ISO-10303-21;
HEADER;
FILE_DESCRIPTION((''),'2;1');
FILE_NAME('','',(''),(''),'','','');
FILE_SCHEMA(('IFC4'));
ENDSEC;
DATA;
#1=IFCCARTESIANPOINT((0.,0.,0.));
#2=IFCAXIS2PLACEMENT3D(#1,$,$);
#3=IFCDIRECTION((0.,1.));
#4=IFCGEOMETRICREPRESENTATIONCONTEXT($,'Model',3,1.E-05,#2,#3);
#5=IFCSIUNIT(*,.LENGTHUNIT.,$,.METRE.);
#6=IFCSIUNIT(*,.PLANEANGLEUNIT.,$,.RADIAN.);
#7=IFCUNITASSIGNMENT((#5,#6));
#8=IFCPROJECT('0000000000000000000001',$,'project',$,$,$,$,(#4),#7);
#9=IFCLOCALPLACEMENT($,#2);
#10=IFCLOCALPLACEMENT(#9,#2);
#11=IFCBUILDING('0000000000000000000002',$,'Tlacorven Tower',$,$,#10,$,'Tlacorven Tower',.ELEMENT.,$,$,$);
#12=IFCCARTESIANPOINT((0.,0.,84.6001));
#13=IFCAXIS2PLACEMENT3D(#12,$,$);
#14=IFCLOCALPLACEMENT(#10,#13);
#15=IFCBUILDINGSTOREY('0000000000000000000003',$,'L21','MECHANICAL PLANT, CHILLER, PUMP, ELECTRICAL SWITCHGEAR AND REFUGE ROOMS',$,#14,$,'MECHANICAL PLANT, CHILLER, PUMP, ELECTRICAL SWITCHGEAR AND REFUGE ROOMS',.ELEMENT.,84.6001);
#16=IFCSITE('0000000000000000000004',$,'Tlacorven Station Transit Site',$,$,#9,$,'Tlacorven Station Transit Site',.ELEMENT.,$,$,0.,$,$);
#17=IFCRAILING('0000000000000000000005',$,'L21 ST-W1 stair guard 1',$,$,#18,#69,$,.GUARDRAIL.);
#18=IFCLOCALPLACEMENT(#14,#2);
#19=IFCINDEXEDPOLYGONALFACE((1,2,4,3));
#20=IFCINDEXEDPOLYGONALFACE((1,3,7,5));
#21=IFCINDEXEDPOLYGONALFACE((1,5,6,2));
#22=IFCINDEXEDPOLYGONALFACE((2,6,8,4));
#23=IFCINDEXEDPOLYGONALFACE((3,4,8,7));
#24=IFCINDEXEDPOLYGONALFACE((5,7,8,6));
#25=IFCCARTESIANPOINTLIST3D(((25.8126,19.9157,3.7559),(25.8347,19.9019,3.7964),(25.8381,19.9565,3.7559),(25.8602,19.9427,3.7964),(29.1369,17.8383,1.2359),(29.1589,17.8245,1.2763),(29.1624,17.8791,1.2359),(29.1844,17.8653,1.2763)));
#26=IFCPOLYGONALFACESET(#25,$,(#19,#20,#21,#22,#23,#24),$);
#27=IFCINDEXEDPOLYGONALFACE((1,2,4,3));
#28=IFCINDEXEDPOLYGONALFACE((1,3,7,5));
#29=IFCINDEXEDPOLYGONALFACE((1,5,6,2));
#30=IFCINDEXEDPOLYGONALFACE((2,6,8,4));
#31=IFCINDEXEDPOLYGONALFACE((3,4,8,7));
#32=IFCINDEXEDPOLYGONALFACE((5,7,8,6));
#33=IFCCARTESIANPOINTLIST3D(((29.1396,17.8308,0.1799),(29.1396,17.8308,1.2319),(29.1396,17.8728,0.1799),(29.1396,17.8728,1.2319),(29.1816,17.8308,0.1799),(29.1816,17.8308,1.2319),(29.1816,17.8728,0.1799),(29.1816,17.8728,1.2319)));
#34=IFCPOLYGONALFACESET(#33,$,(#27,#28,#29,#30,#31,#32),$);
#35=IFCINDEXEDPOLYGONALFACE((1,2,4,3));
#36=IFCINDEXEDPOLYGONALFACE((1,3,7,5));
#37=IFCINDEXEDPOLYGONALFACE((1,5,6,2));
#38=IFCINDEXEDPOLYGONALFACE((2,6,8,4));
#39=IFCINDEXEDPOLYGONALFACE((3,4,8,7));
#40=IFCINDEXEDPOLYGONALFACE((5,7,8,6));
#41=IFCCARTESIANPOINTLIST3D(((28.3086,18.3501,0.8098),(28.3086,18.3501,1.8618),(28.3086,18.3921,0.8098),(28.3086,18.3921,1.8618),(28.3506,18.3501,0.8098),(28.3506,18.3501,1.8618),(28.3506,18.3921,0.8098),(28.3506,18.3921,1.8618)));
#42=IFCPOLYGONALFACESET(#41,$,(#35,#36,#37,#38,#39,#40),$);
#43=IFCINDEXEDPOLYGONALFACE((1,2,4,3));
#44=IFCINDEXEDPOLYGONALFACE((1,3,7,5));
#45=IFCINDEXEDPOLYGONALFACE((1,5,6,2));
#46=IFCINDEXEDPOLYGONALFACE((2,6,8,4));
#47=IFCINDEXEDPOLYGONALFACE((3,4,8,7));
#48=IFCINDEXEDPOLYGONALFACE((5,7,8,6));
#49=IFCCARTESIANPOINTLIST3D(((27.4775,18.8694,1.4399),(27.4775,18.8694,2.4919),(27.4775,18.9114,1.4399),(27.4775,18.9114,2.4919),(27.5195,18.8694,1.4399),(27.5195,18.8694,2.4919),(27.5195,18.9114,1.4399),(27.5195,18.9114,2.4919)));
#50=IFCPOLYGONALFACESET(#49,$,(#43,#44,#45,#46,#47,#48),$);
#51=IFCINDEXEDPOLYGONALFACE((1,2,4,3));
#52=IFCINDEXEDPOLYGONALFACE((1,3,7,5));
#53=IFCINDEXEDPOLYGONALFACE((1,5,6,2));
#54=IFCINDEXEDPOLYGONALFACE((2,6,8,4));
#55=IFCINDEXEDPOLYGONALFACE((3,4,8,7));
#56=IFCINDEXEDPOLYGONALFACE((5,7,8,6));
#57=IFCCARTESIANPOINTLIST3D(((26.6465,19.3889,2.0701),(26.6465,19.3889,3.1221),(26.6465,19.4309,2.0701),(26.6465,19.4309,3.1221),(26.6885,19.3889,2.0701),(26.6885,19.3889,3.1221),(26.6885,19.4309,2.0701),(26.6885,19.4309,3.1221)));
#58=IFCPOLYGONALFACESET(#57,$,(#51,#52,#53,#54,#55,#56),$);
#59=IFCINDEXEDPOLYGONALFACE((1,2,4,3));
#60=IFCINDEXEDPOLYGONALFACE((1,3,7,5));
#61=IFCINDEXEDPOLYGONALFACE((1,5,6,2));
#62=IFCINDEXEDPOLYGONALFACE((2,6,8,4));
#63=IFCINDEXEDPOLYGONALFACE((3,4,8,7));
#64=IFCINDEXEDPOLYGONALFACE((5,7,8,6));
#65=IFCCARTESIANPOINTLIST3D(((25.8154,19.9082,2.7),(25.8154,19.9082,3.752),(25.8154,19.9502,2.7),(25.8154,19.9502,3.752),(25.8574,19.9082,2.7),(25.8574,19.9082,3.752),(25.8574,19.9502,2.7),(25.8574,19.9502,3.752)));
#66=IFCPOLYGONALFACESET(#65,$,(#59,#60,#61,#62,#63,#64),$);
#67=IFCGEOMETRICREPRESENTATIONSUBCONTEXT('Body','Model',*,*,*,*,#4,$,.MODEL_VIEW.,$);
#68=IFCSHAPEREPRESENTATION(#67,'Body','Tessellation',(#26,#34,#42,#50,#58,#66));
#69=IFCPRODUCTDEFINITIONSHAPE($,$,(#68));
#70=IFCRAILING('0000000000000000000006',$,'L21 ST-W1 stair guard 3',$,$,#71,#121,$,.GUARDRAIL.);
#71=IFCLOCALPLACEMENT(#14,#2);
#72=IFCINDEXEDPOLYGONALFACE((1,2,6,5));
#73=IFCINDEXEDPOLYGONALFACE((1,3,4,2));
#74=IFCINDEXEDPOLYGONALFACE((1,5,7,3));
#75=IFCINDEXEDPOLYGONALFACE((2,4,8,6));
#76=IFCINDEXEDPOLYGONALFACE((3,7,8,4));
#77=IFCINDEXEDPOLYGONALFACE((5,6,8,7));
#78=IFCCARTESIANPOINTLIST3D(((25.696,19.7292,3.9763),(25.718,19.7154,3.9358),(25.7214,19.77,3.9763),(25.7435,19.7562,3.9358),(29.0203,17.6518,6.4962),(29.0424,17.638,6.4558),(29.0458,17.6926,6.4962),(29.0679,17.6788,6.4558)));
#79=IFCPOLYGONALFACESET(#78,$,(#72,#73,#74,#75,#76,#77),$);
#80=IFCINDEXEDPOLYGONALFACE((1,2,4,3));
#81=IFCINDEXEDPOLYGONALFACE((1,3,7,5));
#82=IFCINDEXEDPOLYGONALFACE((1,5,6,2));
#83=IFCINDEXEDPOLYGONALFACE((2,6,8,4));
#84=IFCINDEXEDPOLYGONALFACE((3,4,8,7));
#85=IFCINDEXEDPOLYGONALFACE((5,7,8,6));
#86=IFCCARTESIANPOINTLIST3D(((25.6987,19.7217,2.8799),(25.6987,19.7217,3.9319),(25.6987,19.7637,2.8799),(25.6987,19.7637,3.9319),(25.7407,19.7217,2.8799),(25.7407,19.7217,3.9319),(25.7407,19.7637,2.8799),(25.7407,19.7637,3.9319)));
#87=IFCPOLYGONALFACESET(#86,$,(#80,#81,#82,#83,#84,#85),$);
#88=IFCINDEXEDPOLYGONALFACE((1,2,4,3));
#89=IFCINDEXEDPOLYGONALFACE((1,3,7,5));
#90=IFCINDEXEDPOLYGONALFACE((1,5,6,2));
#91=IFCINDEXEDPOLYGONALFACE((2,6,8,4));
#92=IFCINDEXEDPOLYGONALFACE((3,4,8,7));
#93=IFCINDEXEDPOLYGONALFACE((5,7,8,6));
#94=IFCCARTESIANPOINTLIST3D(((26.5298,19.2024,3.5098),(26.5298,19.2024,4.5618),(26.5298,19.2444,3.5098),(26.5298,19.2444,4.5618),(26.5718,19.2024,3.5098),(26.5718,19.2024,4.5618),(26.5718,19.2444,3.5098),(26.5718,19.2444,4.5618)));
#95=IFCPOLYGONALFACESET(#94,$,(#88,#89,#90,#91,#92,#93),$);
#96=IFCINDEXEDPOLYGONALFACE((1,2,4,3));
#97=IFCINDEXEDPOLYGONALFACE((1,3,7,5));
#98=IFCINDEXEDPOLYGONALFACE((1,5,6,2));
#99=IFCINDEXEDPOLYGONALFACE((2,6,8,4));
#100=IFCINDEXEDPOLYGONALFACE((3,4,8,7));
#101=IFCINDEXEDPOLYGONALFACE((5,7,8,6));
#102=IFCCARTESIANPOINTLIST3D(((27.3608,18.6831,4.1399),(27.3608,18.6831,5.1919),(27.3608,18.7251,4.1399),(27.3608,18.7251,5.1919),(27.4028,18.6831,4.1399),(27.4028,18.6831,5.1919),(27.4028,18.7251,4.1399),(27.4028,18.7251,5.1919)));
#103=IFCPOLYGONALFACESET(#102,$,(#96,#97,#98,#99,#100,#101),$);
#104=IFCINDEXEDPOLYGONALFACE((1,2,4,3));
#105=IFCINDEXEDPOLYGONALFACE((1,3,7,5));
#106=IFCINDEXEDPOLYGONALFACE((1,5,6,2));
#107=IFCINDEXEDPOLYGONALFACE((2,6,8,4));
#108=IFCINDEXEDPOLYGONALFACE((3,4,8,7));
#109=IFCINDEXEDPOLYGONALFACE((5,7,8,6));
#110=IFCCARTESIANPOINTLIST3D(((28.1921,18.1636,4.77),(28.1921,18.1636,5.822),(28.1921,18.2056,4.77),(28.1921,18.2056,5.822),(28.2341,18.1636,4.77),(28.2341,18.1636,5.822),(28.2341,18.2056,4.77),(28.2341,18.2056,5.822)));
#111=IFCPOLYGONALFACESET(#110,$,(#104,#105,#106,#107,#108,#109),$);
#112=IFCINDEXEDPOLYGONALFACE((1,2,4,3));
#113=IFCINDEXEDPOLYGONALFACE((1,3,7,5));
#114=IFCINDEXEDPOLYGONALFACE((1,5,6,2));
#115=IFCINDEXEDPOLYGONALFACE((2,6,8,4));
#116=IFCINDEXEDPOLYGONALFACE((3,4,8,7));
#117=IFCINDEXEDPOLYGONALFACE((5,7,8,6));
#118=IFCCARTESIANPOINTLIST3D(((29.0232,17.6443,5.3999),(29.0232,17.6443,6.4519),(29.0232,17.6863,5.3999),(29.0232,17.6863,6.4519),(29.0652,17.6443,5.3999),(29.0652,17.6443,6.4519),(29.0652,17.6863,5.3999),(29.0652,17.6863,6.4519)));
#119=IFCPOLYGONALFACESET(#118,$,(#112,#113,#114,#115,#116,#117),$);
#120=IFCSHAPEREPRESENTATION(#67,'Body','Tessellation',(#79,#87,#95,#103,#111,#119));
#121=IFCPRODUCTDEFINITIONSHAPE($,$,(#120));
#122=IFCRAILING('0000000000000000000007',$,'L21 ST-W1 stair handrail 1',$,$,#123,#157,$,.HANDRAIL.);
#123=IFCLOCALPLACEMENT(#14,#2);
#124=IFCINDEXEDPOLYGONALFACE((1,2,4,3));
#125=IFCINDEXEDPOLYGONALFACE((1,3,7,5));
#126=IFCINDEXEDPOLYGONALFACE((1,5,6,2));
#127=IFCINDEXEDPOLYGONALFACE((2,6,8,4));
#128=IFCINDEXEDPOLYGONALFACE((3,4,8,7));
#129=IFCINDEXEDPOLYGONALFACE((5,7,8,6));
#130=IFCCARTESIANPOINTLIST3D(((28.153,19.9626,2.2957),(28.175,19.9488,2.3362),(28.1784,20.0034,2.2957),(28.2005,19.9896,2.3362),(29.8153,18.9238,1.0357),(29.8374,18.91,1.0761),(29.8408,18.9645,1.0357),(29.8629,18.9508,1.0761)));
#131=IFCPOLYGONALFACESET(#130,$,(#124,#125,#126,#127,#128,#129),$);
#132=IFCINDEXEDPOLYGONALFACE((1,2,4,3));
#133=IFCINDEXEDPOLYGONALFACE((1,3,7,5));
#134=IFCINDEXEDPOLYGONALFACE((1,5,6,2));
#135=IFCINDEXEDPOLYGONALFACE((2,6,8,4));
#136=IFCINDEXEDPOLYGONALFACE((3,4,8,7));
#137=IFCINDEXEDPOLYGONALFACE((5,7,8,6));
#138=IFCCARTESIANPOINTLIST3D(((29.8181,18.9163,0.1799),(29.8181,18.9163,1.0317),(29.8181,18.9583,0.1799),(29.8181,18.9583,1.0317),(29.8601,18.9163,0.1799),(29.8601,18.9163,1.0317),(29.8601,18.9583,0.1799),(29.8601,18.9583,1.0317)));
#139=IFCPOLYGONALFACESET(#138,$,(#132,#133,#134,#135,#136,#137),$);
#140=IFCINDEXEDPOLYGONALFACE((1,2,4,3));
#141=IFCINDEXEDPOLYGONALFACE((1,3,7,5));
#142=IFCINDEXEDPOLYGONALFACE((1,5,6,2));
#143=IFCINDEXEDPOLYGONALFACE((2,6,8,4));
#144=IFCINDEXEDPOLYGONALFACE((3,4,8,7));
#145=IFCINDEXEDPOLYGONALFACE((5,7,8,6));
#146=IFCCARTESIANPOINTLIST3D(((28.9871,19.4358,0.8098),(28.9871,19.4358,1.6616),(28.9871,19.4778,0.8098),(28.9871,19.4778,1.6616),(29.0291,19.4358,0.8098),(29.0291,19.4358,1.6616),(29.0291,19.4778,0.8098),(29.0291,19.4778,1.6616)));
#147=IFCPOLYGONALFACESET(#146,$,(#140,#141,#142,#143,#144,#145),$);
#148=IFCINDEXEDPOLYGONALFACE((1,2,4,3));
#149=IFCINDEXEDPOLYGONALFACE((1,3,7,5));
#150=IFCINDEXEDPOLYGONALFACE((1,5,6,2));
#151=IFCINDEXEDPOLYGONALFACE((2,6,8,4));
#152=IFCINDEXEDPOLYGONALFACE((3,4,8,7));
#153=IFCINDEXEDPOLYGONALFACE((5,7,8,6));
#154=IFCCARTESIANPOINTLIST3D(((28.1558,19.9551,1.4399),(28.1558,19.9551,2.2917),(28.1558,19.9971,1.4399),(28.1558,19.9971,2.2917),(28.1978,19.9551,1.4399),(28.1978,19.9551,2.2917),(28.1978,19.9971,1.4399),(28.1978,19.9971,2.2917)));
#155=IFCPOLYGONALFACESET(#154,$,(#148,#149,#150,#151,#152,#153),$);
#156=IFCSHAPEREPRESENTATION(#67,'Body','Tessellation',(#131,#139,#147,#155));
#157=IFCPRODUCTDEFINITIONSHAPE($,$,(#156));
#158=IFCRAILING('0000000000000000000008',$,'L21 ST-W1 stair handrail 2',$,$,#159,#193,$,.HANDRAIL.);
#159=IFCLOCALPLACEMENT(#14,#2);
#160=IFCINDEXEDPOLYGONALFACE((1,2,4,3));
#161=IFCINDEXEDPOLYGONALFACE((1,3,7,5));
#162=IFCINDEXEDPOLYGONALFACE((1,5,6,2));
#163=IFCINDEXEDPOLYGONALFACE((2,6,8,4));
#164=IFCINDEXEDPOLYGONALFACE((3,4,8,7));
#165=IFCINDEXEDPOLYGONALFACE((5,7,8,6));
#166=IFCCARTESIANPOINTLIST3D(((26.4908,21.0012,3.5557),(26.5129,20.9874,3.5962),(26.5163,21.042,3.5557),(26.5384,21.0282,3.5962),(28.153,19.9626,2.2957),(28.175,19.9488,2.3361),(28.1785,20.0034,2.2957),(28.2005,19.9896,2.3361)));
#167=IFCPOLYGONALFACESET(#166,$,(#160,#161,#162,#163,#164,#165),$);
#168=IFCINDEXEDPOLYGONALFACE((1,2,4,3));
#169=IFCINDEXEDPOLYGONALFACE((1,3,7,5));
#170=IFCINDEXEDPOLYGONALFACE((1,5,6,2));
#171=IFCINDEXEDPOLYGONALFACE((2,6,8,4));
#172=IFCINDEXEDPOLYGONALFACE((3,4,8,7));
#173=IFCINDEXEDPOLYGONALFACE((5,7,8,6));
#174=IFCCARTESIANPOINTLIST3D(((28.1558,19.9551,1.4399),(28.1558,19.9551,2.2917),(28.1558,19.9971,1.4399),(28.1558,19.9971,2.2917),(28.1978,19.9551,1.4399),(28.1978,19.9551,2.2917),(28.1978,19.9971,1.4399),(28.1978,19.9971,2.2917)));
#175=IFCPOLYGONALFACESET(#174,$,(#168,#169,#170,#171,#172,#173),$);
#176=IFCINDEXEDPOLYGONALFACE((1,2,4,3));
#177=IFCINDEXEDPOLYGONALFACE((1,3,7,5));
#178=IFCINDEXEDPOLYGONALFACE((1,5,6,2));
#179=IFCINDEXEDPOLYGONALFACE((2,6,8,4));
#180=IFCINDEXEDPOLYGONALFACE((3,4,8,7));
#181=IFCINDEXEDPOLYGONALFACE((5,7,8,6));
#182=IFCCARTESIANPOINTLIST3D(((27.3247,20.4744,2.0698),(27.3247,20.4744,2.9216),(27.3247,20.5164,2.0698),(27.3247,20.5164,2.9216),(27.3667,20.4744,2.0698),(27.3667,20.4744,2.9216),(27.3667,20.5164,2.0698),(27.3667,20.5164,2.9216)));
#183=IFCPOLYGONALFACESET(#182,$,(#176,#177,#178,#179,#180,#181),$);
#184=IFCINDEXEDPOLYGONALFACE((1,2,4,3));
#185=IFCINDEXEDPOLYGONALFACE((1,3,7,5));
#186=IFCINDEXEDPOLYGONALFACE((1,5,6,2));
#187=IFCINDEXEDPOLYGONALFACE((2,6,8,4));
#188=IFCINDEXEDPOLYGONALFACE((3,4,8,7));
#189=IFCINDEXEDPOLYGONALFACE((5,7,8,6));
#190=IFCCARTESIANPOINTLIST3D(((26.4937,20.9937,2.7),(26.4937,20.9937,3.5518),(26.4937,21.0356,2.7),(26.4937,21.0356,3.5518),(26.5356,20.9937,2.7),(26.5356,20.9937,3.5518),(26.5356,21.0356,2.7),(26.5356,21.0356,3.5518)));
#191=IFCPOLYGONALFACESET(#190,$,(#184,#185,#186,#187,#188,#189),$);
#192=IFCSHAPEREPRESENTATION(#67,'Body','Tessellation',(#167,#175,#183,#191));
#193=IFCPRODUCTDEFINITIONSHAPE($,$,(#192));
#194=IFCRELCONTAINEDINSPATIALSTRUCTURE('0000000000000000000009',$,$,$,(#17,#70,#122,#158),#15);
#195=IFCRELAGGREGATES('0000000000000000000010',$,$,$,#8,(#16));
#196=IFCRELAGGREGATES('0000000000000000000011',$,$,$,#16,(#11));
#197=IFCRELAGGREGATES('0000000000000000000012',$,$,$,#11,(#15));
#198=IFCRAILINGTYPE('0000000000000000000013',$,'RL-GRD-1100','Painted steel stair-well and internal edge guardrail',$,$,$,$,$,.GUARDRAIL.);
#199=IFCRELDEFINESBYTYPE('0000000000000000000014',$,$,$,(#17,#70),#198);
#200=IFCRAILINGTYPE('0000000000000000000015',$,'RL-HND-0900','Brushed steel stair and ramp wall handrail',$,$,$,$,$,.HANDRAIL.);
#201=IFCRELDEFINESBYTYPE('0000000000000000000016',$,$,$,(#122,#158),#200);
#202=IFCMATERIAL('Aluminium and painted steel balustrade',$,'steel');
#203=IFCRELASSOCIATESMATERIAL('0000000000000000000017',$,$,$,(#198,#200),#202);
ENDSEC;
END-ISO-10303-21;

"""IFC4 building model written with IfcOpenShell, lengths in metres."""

from ifc_helpers import new_model, si_unit, direction, frame, origin, origin_2d, place, context, subcontext, project, spatial, rectangle, extrude, source, transform, mapped, material, type_object, element, save


model = new_model("IFC4")

# Units and contexts
model_context = context("Model", 3, precision=1e-05, world=origin(), true_north=direction((0.0, 1.0)))
body_context = subcontext(model_context, "Body", "Model", "MODEL_VIEW")
ifc_project = project(units=[si_unit("LENGTHUNIT", "METRE"), si_unit("PLANEANGLEUNIT", "RADIAN")], contexts=[model_context])

# Site, building, storey
site_placement = place(None, origin())
site = spatial("IfcSite", under=ifc_project, at=site_placement, Name="Tlacorven Station Transit Site", LongName="Tlacorven Station Transit Site", CompositionType="ELEMENT", RefElevation=0.0)
building_placement = place(site_placement, origin())
building = spatial("IfcBuilding", under=site, at=building_placement, Name="Tlacorven Tower", LongName="Tlacorven Tower", CompositionType="ELEMENT")
storey_placement = place(building_placement, frame((0.0, 0.0, 84.6001)))
storey = spatial("IfcBuildingStorey", under=building, at=storey_placement, Name="L21", Description="MECHANICAL PLANT, CHILLER, PUMP, ELECTRICAL SWITCHGEAR AND REFUGE ROOMS", LongName="MECHANICAL PLANT, CHILLER, PUMP, ELECTRICAL SWITCHGEAR AND REFUGE ROOMS", CompositionType="ELEMENT", Elevation=84.6001)

# Shared definitions
ifc_material_1 = material(Name="Aluminium and painted steel balustrade", Category="steel")
railing_type_1 = type_object("IfcRailingType", Name="RL-GRD-1100", Description="Painted steel stair-well and internal edge guardrail", PredefinedType="GUARDRAIL", material=ifc_material_1)

# Railings
shared_shape_1 = source(origin(), body_context, "Body", "SweptSolid", [
    extrude(rectangle(XDim=0.0481, YDim=0.0481, at=origin_2d()), frame((0.0, 0.0, 1.0762), z_axis=(-0.713337, 0.445783, 0.540766), x_axis=(-0.529954, -0.848026, 0.0)), (0.0, 0.0, 1.0), 4.6602),
    extrude(rectangle(XDim=0.042, YDim=0.042, at=origin_2d()), origin(), (0.0, 0.0, 1.0), 1.052),
    extrude(rectangle(XDim=0.042, YDim=0.042, at=origin_2d()), frame((-0.8311, 0.5193, 0.6299)), (0.0, 0.0, 1.0), 1.052),
    extrude(rectangle(XDim=0.042, YDim=0.042, at=origin_2d()), frame((-1.6621, 1.0386, 1.26)), (0.0, 0.0, 1.0), 1.052),
    extrude(rectangle(XDim=0.042, YDim=0.042, at=origin_2d()), frame((-2.4932, 1.5581, 1.8901)), (0.0, 0.0, 1.0), 1.052),
    extrude(rectangle(XDim=0.042, YDim=0.042, at=origin_2d()), frame((-3.3242, 2.0774, 2.52)), (0.0, 0.0, 1.0), 1.052),
])
railing_1_placement = place(storey_placement, frame((29.1606, 17.8518, 0.1799)))
element("IfcRailing", 1, at=railing_1_placement, inside=storey, type_object=railing_type_1, Name="L21 ST-W1 stair guard 1", PredefinedType="GUARDRAIL", context=body_context, shape_type="MappedRepresentation", body=[
    mapped(shared_shape_1, transform((0.0, 0.0, 0.0), scale=1.0)),
])
shared_shape_2 = source(origin(), body_context, "Body", "SweptSolid", [
    extrude(rectangle(XDim=0.0481, YDim=0.0481, at=origin_2d()), frame((0.0, 0.0, 1.0762), z_axis=(0.713363, -0.445767, 0.540745), x_axis=(0.529926, 0.848044, 0.0)), (0.0, 0.0, 1.0), 4.6602),
    extrude(rectangle(XDim=0.042, YDim=0.042, at=origin_2d()), origin(), (0.0, 0.0, 1.0), 1.052),
    extrude(rectangle(XDim=0.042, YDim=0.042, at=origin_2d()), frame((0.8311, -0.5193, 0.6299)), (0.0, 0.0, 1.0), 1.052),
    extrude(rectangle(XDim=0.042, YDim=0.042, at=origin_2d()), frame((1.6621, -1.0386, 1.26)), (0.0, 0.0, 1.0), 1.052),
    extrude(rectangle(XDim=0.042, YDim=0.042, at=origin_2d()), frame((2.4934, -1.5581, 1.8901)), (0.0, 0.0, 1.0), 1.052),
    extrude(rectangle(XDim=0.042, YDim=0.042, at=origin_2d()), frame((3.3245, -2.0774, 2.52)), (0.0, 0.0, 1.0), 1.052),
])
railing_2_placement = place(storey_placement, frame((25.7197, 19.7427, 2.8799)))
element("IfcRailing", 2, at=railing_2_placement, inside=storey, type_object=railing_type_1, Name="L21 ST-W1 stair guard 3", PredefinedType="GUARDRAIL", context=body_context, shape_type="MappedRepresentation", body=[
    mapped(shared_shape_2, transform((0.0, 0.0, 0.0), scale=1.0)),
])
railing_type_2 = type_object("IfcRailingType", Name="RL-HND-0900", Description="Brushed steel stair and ramp wall handrail", PredefinedType="HANDRAIL", material=ifc_material_1)
shared_shape_3 = source(origin(), body_context, "Body", "SweptSolid", [
    extrude(rectangle(XDim=0.0481, YDim=0.0481, at=origin_2d()), frame((0.0, 0.0, 0.876), z_axis=(-0.713372, 0.445792, 0.540713), x_axis=(-0.529943, -0.848033, 0.0)), (0.0, 0.0, 1.0), 2.3303),
    extrude(rectangle(XDim=0.042, YDim=0.042, at=origin_2d()), origin(), (0.0, 0.0, 1.0), 0.8518),
    extrude(rectangle(XDim=0.042, YDim=0.042, at=origin_2d()), frame((-0.8311, 0.5195, 0.6299)), (0.0, 0.0, 1.0), 0.8518),
    extrude(rectangle(XDim=0.042, YDim=0.042, at=origin_2d()), frame((-1.6624, 1.0388, 1.26)), (0.0, 0.0, 1.0), 0.8518),
])
railing_3_placement = place(storey_placement, frame((29.8391, 18.9373, 0.1799)))
element("IfcRailing", 3, at=railing_3_placement, inside=storey, type_object=railing_type_2, Name="L21 ST-W1 stair handrail 1", PredefinedType="HANDRAIL", context=body_context, shape_type="MappedRepresentation", body=[
    mapped(shared_shape_3, transform((0.0, 0.0, 0.0), scale=1.0)),
])
shared_shape_4 = source(origin(), body_context, "Body", "SweptSolid", [
    extrude(rectangle(XDim=0.0481, YDim=0.0481, at=origin_2d()), frame((0.0, 0.0, 0.876), z_axis=(-0.713354, 0.445741, 0.540778), x_axis=(-0.529909, -0.848054, 0.0)), (0.0, 0.0, 1.0), 2.3301),
    extrude(rectangle(XDim=0.042, YDim=0.042, at=origin_2d()), origin(), (0.0, 0.0, 1.0), 0.8518),
    extrude(rectangle(XDim=0.042, YDim=0.042, at=origin_2d()), frame((-0.8311, 0.5193, 0.6299)), (0.0, 0.0, 1.0), 0.8518),
    extrude(rectangle(XDim=0.042, YDim=0.042, at=origin_2d()), frame((-1.6621, 1.0386, 1.26)), (0.0, 0.0, 1.0), 0.8518),
])
railing_4_placement = place(storey_placement, frame((28.1768, 19.9761, 1.4399)))
element("IfcRailing", 4, at=railing_4_placement, inside=storey, type_object=railing_type_2, Name="L21 ST-W1 stair handrail 2", PredefinedType="HANDRAIL", context=body_context, shape_type="MappedRepresentation", body=[
    mapped(shared_shape_4, transform((0.0, 0.0, 0.0), scale=1.0)),
])

save(model, "model.ifc")
